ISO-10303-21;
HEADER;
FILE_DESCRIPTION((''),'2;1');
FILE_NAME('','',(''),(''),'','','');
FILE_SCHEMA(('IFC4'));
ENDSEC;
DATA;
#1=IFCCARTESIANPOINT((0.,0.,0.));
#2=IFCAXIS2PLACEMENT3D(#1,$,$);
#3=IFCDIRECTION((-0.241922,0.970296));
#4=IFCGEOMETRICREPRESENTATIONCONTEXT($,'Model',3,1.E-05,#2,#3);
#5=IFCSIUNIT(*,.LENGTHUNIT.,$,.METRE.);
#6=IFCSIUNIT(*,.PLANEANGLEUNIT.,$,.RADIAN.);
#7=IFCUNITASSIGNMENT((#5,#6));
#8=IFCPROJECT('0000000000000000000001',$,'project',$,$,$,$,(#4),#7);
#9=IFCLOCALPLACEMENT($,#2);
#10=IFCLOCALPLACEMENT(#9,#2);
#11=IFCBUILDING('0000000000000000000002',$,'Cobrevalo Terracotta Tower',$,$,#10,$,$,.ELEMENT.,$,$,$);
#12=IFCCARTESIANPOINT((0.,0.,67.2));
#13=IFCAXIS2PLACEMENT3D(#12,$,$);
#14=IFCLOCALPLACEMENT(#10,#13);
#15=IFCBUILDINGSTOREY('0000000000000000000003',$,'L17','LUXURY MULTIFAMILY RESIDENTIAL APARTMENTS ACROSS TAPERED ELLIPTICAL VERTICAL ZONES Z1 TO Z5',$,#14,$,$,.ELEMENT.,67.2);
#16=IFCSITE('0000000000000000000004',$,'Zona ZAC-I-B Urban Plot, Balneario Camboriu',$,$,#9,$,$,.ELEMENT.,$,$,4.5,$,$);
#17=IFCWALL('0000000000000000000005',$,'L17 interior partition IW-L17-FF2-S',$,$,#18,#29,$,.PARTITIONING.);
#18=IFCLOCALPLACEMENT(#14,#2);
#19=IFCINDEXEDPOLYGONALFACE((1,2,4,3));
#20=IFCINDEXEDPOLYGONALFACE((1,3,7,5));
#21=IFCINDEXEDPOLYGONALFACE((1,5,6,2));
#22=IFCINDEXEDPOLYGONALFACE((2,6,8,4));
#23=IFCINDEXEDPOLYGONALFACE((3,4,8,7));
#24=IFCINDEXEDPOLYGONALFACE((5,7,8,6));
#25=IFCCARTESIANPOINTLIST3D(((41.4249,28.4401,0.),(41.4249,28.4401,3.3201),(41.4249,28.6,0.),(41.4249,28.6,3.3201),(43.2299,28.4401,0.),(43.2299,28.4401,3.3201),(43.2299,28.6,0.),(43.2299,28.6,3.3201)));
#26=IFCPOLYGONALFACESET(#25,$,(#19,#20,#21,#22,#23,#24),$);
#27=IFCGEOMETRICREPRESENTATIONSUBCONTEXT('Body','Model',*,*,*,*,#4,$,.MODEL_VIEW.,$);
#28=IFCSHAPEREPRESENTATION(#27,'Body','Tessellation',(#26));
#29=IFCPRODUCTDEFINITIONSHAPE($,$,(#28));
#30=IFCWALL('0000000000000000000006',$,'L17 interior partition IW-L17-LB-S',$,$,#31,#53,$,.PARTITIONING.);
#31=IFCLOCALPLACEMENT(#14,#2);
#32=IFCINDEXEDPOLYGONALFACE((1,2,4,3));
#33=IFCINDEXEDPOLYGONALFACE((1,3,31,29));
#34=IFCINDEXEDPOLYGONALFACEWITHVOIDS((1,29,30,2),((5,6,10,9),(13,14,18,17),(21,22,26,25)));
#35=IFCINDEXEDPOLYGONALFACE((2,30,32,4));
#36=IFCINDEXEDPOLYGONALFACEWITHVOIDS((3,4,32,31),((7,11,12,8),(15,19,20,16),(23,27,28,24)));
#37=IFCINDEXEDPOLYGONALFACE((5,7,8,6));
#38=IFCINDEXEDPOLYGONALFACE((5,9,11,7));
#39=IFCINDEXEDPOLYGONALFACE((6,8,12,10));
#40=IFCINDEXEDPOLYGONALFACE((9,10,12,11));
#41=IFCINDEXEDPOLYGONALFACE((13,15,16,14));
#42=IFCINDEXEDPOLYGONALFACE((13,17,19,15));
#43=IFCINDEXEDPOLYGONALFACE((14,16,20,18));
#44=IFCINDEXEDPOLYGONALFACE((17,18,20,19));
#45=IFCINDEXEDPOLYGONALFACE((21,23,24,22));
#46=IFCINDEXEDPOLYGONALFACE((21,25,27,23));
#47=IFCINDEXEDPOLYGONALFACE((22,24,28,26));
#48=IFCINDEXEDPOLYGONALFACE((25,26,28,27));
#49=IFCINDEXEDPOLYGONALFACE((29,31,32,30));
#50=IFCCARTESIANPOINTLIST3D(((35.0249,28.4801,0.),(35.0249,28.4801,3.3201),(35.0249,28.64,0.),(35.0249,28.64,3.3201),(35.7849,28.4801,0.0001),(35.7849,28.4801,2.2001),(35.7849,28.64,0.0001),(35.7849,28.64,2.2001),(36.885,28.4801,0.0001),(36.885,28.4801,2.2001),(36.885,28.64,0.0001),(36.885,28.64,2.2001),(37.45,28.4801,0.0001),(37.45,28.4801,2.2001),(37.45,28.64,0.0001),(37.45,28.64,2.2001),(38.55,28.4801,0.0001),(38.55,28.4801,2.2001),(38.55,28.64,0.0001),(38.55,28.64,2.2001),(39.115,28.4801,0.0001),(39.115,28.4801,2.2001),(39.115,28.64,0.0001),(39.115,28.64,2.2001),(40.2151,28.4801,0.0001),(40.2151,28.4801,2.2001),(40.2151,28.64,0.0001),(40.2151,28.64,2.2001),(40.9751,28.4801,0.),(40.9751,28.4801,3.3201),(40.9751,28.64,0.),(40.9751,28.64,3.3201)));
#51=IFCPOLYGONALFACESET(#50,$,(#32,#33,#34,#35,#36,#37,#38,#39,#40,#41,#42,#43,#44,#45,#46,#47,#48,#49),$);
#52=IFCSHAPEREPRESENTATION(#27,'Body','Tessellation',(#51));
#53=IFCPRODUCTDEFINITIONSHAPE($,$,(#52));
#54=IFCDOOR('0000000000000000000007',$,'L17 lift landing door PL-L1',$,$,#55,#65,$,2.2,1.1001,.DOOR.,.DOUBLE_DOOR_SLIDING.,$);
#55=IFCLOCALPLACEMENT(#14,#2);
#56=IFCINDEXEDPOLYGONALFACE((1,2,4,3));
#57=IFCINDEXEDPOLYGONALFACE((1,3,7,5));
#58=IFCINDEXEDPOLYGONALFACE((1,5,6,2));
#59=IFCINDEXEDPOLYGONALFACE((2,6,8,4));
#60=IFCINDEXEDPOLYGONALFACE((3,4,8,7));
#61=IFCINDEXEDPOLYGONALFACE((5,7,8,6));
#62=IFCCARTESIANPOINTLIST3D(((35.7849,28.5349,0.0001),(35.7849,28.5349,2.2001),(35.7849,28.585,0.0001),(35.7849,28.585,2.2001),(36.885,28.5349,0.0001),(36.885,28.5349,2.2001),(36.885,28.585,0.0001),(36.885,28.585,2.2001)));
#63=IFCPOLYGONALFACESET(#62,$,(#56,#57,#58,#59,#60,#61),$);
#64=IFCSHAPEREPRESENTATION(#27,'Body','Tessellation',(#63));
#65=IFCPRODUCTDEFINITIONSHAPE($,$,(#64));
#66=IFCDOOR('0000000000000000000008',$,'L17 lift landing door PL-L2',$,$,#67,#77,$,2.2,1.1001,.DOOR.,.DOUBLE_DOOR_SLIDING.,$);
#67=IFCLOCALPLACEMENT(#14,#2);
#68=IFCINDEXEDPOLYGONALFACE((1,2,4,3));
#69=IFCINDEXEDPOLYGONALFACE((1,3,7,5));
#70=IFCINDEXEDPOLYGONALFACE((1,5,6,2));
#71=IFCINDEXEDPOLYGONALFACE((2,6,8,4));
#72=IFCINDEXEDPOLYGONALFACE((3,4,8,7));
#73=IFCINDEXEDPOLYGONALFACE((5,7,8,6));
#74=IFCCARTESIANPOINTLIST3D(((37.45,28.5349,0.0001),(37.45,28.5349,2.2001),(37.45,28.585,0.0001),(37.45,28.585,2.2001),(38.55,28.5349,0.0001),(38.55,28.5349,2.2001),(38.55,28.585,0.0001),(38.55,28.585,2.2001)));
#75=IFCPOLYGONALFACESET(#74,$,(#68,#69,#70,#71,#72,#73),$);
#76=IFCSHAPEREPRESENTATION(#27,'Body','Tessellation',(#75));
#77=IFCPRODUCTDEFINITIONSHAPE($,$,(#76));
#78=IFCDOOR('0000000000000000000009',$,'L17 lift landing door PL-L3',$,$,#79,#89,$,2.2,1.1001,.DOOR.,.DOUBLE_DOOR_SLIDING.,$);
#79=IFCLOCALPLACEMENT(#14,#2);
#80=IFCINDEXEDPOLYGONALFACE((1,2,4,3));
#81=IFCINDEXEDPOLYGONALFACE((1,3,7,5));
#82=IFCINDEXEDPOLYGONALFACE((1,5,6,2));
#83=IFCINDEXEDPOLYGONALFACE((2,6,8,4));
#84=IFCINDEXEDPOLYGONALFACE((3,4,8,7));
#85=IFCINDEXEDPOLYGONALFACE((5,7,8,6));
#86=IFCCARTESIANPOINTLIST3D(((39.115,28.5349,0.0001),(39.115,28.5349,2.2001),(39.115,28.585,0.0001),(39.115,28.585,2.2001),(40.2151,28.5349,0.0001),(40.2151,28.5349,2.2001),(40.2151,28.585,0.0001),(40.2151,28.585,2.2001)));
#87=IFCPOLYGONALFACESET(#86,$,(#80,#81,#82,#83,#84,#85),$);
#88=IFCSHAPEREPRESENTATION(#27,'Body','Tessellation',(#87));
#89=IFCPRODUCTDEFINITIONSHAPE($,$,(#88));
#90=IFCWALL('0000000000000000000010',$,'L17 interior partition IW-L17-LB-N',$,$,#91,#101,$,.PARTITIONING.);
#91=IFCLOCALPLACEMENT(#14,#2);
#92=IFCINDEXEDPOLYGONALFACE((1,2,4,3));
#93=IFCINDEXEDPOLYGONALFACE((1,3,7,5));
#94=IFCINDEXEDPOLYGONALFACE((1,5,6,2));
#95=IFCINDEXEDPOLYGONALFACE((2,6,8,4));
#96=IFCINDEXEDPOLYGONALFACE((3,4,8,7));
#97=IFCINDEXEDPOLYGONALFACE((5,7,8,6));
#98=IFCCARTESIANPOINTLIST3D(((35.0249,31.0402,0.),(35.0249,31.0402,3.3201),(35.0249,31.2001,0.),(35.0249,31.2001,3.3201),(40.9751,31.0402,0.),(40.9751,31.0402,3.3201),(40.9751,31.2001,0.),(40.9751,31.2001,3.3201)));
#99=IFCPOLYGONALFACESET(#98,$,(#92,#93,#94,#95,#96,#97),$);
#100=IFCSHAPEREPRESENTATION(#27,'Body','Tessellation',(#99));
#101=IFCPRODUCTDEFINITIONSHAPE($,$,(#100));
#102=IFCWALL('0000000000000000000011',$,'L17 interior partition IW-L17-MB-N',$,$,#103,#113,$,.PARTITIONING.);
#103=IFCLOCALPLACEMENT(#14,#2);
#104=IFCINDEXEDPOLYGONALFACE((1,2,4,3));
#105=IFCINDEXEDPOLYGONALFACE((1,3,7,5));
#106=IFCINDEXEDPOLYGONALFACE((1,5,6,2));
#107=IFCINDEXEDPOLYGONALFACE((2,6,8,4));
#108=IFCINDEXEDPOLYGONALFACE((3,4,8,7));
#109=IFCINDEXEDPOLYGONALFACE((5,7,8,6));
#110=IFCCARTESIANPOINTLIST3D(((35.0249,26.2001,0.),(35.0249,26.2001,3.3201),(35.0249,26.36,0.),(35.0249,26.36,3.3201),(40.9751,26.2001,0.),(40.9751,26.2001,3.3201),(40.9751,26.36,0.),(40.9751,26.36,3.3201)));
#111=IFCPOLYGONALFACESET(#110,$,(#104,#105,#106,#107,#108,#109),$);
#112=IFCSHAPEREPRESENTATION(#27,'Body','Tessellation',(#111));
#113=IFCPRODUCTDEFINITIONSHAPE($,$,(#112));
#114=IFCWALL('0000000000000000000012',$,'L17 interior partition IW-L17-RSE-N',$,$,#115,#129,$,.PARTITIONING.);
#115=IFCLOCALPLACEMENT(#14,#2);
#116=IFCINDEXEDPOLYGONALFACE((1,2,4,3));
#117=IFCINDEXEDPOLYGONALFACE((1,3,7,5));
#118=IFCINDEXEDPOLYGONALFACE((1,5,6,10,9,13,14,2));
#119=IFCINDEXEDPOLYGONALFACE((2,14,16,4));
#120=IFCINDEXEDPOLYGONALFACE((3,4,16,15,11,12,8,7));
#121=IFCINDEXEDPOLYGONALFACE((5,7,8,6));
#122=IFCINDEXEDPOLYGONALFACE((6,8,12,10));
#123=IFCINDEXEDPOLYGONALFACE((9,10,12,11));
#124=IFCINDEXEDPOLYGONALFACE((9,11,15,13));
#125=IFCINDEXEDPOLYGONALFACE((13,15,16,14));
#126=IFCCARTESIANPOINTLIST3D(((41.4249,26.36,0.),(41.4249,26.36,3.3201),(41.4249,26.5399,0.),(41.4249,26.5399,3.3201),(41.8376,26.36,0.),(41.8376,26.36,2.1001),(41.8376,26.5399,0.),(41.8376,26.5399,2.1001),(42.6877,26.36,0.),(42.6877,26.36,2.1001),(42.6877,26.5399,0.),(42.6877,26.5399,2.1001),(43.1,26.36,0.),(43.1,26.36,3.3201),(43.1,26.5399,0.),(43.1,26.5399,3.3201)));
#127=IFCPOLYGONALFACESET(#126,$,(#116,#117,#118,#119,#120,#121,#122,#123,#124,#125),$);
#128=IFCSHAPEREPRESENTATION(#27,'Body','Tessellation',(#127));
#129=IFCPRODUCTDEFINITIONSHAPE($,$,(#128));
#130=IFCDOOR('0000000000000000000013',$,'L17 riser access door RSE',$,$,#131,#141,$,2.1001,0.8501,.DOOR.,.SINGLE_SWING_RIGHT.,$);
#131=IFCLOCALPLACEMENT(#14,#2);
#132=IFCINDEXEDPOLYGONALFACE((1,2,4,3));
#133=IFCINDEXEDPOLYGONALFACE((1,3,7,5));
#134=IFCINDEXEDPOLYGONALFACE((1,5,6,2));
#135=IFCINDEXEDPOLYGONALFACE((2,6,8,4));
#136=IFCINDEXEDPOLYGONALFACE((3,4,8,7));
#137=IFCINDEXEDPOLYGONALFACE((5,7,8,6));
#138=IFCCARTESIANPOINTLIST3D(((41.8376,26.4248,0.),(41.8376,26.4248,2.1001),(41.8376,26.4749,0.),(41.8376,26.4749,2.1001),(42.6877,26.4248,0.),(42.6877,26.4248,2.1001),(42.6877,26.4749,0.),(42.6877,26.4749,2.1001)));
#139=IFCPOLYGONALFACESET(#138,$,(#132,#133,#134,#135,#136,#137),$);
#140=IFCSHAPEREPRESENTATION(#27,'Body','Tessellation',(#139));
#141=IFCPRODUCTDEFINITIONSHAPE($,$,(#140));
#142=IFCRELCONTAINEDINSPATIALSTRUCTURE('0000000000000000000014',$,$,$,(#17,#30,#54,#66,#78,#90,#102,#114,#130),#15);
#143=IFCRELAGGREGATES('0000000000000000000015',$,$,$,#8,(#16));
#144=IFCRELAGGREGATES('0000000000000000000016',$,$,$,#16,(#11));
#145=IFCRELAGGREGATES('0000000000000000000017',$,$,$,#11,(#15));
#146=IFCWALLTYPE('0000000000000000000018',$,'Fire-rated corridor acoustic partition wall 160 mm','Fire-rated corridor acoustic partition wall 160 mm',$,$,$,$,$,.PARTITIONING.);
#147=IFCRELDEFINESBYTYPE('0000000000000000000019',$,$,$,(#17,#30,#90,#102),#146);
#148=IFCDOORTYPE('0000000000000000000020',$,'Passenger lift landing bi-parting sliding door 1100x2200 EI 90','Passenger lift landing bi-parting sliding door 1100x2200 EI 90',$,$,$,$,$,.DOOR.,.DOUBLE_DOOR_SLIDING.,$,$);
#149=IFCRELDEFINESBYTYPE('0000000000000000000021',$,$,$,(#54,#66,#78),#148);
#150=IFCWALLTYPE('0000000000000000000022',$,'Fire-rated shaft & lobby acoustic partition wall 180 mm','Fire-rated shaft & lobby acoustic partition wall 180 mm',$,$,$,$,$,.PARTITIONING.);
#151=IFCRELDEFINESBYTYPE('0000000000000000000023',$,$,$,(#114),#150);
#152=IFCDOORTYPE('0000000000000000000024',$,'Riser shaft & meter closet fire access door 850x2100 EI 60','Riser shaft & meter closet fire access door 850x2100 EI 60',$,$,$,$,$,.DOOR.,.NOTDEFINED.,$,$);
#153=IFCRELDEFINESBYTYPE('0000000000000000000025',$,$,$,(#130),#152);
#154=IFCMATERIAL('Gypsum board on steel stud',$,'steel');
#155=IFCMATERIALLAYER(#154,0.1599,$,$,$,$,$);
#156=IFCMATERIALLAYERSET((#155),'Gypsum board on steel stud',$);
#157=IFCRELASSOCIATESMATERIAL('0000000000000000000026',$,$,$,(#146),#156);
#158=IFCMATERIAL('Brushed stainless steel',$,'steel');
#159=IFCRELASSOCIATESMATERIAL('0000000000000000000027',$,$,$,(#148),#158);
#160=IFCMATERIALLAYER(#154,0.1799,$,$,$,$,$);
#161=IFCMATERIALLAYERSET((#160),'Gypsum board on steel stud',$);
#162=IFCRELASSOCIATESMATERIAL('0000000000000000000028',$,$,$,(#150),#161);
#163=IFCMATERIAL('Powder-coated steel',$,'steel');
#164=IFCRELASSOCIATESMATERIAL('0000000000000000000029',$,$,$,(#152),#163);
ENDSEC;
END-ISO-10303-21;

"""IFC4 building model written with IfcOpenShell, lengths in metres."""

from ifc_helpers import new_model, si_unit, direction, frame, frame_2d, origin, place, context, subcontext, project, spatial, rectangle, extrude, source, transform, mapped, material, layer, layer_set, type_object, element, fill, save


model = new_model("IFC4")

# Units and contexts
model_context = context("Model", 3, precision=1e-05, world=origin(), true_north=direction((-0.241922, 0.970296)))
body_context = subcontext(model_context, "Body", "Model", "MODEL_VIEW")
ifc_project = project(units=[si_unit("LENGTHUNIT", "METRE"), si_unit("PLANEANGLEUNIT", "RADIAN")], contexts=[model_context])

# Site, building, storey
site_placement = place(None, origin())
site = spatial("IfcSite", under=ifc_project, at=site_placement, Name="Zona ZAC-I-B Urban Plot, Balneario Camboriu", CompositionType="ELEMENT", RefElevation=4.5)
building_placement = place(site_placement, origin())
building = spatial("IfcBuilding", under=site, at=building_placement, Name="Cobrevalo Terracotta Tower", CompositionType="ELEMENT")
storey_placement = place(building_placement, frame((0.0, 0.0, 67.2)))
storey = spatial("IfcBuildingStorey", under=building, at=storey_placement, Name="L17", Description="LUXURY MULTIFAMILY RESIDENTIAL APARTMENTS ACROSS TAPERED ELLIPTICAL VERTICAL ZONES Z1 TO Z5", CompositionType="ELEMENT", Elevation=67.2)

# Wall
ifc_material_1 = material(Name="Gypsum board on steel stud", Category="steel")
ifc_layer_1 = layer(ifc_material_1, 0.1599)
ifc_layer_set_1 = layer_set([ifc_layer_1], Name="Gypsum board on steel stud")
wall_type_1 = type_object("IfcWallType", Name="Fire-rated corridor acoustic partition wall 160 mm", Description="Fire-rated corridor acoustic partition wall 160 mm", PredefinedType="PARTITIONING", material=ifc_layer_set_1)
wall_1_placement = place(storey_placement, frame((41.425, 28.52, 0.0), z_axis=(0.0, 0.0, 1.0), x_axis=(1.0, 0.0, 0.0)))
element("IfcWall", 1, at=wall_1_placement, inside=storey, type_object=wall_type_1, Name="L17 interior partition IW-L17-FF2-S", PredefinedType="PARTITIONING", context=body_context, shape_type="SweptSolid", body=[
    extrude(rectangle(XDim=1.8049, YDim=0.1599, at=frame_2d((0.9023, 0.0))), origin(), (0.0, 0.0, 1.0), 3.3201),
])

# Wall, openings, doors
wall_2_placement = place(storey_placement, frame((35.0249, 28.5601, 0.0), z_axis=(0.0, 0.0, 1.0), x_axis=(1.0, 0.0, 0.0)))
wall_2 = element("IfcWall", 2, at=wall_2_placement, inside=storey, type_object=wall_type_1, Name="L17 interior partition IW-L17-LB-S", PredefinedType="PARTITIONING", context=body_context, shape_type="SweptSolid", body=[
    extrude(rectangle(XDim=5.9502, YDim=0.1599, at=frame_2d((2.9751, 0.0))), origin(), (0.0, 0.0, 1.0), 3.3201),
])
opening_1_placement = place(wall_2_placement, frame((0.76, 0.0, 0.0)))
opening_1 = element("IfcOpeningElement", 3, at=opening_1_placement, cuts=wall_2, PredefinedType="OPENING", context=body_context, shape_type="SweptSolid", body=[
    extrude(rectangle(XDim=1.1001, YDim=2.2, at=frame_2d((0.55, 1.1001))), frame((0.0, 0.0898, 0.0), z_axis=(0.0, -1.0, 0.0), x_axis=(1.0, 0.0, 0.0)), (0.0, 0.0, 1.0), 0.1799),
])
opening_2_placement = place(wall_2_placement, frame((2.425, 0.0, 0.0)))
opening_2 = element("IfcOpeningElement", 4, at=opening_2_placement, cuts=wall_2, PredefinedType="OPENING", context=body_context, shape_type="SweptSolid", body=[
    extrude(rectangle(XDim=1.1001, YDim=2.2, at=frame_2d((0.55, 1.1001))), frame((0.0, 0.0898, 0.0), z_axis=(0.0, -1.0, 0.0), x_axis=(1.0, 0.0, 0.0)), (0.0, 0.0, 1.0), 0.1799),
])
opening_3_placement = place(wall_2_placement, frame((4.0901, 0.0, 0.0)))
opening_3 = element("IfcOpeningElement", 5, at=opening_3_placement, cuts=wall_2, PredefinedType="OPENING", context=body_context, shape_type="SweptSolid", body=[
    extrude(rectangle(XDim=1.1001, YDim=2.2, at=frame_2d((0.55, 1.1001))), frame((0.0, 0.0898, 0.0), z_axis=(0.0, -1.0, 0.0), x_axis=(1.0, 0.0, 0.0)), (0.0, 0.0, 1.0), 0.1799),
])
ifc_material_2 = material(Name="Brushed stainless steel", Category="steel")
door_type_1 = type_object("IfcDoorType", Name="Passenger lift landing bi-parting sliding door 1100x2200 EI 90", Description="Passenger lift landing bi-parting sliding door 1100x2200 EI 90", OperationType="DOUBLE_DOOR_SLIDING", PredefinedType="DOOR", material=ifc_material_2)
shared_shape_1 = source(origin(), body_context, "Body", "SweptSolid", [
    extrude(rectangle(XDim=1.1001, YDim=2.2, at=frame_2d((0.55, 1.1001))), frame((0.0, 0.0249, 0.0), z_axis=(0.0, -1.0, 0.0), x_axis=(1.0, 0.0, 0.0)), (0.0, 0.0, 1.0), 0.05),
])
door_1_placement = place(opening_1_placement, origin())
door_1 = element("IfcDoor", 6, at=door_1_placement, inside=storey, type_object=door_type_1, Name="L17 lift landing door PL-L1", OperationType="DOUBLE_DOOR_SLIDING", OverallHeight=2.2, OverallWidth=1.1001, PredefinedType="DOOR", context=body_context, shape_type="MappedRepresentation", body=[
    mapped(shared_shape_1, transform((0.0, 0.0, 0.0), scale=1.0)),
])
fill(opening_1, door_1)
door_2_placement = place(opening_2_placement, origin())
door_2 = element("IfcDoor", 7, at=door_2_placement, inside=storey, type_object=door_type_1, Name="L17 lift landing door PL-L2", OperationType="DOUBLE_DOOR_SLIDING", OverallHeight=2.2, OverallWidth=1.1001, PredefinedType="DOOR", context=body_context, shape_type="MappedRepresentation", body=[
    mapped(shared_shape_1, transform((0.0, 0.0, 0.0), scale=1.0)),
])
fill(opening_2, door_2)
door_3_placement = place(opening_3_placement, origin())
door_3 = element("IfcDoor", 8, at=door_3_placement, inside=storey, type_object=door_type_1, Name="L17 lift landing door PL-L3", OperationType="DOUBLE_DOOR_SLIDING", OverallHeight=2.2, OverallWidth=1.1001, PredefinedType="DOOR", context=body_context, shape_type="MappedRepresentation", body=[
    mapped(shared_shape_1, transform((0.0, 0.0, 0.0), scale=1.0)),
])
fill(opening_3, door_3)

# Walls
for number, where, z_axis, x_axis, name in (
    (9, (35.0249, 31.1201, 0.0), (0.0, 0.0, 1.0), (1.0, 0.0, 0.0), "L17 interior partition IW-L17-LB-N"),
    (10, (35.0249, 26.28, 0.0), (0.0, 0.0, 1.0), (1.0, 0.0, 0.0), "L17 interior partition IW-L17-MB-N"),
):
    element("IfcWall", number, at=place(storey_placement, frame(where, z_axis=z_axis, x_axis=x_axis)), inside=storey, type_object=wall_type_1, Name=name, PredefinedType="PARTITIONING", context=body_context, shape_type="SweptSolid", body=[
        extrude(rectangle(XDim=5.9502, YDim=0.1599, at=frame_2d((2.9751, 0.0))), origin(), (0.0, 0.0, 1.0), 3.3201),
    ])

# Wall, opening, door
ifc_layer_2 = layer(ifc_material_1, 0.1799)
ifc_layer_set_2 = layer_set([ifc_layer_2], Name="Gypsum board on steel stud")
wall_type_2 = type_object("IfcWallType", Name="Fire-rated shaft & lobby acoustic partition wall 180 mm", Description="Fire-rated shaft & lobby acoustic partition wall 180 mm", PredefinedType="PARTITIONING", material=ifc_layer_set_2)
wall_3_placement = place(storey_placement, frame((41.425, 26.45, 0.0), z_axis=(0.0, 0.0, 1.0), x_axis=(1.0, 0.0, 0.0)))
wall_3 = element("IfcWall", 11, at=wall_3_placement, inside=storey, type_object=wall_type_2, Name="L17 interior partition IW-L17-RSE-N", PredefinedType="PARTITIONING", context=body_context, shape_type="SweptSolid", body=[
    extrude(rectangle(XDim=1.675, YDim=0.1799, at=frame_2d((0.8374, 0.0))), origin(), (0.0, 0.0, 1.0), 3.3201),
])
opening_4_placement = place(wall_3_placement, frame((0.4126, 0.0, 0.0)))
opening_4 = element("IfcOpeningElement", 12, at=opening_4_placement, cuts=wall_3, PredefinedType="OPENING", context=body_context, shape_type="SweptSolid", body=[
    extrude(rectangle(XDim=0.8501, YDim=2.1001, at=frame_2d((0.425, 1.05))), frame((0.0, 0.1001, 0.0), z_axis=(0.0, -1.0, 0.0), x_axis=(1.0, 0.0, 0.0)), (0.0, 0.0, 1.0), 0.2),
])
ifc_material_3 = material(Name="Powder-coated steel", Category="steel")
door_type_2 = type_object("IfcDoorType", Name="Riser shaft & meter closet fire access door 850x2100 EI 60", Description="Riser shaft & meter closet fire access door 850x2100 EI 60", OperationType="NOTDEFINED", PredefinedType="DOOR", material=ifc_material_3)
shared_shape_2 = source(origin(), body_context, "Body", "SweptSolid", [
    extrude(rectangle(XDim=0.8501, YDim=2.1001, at=frame_2d((0.425, 1.05))), frame((0.0, 0.0249, 0.0), z_axis=(0.0, -1.0, 0.0), x_axis=(1.0, 0.0, 0.0)), (0.0, 0.0, 1.0), 0.05),
])
door_4_placement = place(opening_4_placement, origin())
door_4 = element("IfcDoor", 13, at=door_4_placement, inside=storey, type_object=door_type_2, Name="L17 riser access door RSE", OperationType="SINGLE_SWING_RIGHT", OverallHeight=2.1001, OverallWidth=0.8501, PredefinedType="DOOR", context=body_context, shape_type="MappedRepresentation", body=[
    mapped(shared_shape_2, transform((0.0, 0.0, 0.0), scale=1.0)),
])
fill(opening_4, door_4)

save(model, "model.ifc")
